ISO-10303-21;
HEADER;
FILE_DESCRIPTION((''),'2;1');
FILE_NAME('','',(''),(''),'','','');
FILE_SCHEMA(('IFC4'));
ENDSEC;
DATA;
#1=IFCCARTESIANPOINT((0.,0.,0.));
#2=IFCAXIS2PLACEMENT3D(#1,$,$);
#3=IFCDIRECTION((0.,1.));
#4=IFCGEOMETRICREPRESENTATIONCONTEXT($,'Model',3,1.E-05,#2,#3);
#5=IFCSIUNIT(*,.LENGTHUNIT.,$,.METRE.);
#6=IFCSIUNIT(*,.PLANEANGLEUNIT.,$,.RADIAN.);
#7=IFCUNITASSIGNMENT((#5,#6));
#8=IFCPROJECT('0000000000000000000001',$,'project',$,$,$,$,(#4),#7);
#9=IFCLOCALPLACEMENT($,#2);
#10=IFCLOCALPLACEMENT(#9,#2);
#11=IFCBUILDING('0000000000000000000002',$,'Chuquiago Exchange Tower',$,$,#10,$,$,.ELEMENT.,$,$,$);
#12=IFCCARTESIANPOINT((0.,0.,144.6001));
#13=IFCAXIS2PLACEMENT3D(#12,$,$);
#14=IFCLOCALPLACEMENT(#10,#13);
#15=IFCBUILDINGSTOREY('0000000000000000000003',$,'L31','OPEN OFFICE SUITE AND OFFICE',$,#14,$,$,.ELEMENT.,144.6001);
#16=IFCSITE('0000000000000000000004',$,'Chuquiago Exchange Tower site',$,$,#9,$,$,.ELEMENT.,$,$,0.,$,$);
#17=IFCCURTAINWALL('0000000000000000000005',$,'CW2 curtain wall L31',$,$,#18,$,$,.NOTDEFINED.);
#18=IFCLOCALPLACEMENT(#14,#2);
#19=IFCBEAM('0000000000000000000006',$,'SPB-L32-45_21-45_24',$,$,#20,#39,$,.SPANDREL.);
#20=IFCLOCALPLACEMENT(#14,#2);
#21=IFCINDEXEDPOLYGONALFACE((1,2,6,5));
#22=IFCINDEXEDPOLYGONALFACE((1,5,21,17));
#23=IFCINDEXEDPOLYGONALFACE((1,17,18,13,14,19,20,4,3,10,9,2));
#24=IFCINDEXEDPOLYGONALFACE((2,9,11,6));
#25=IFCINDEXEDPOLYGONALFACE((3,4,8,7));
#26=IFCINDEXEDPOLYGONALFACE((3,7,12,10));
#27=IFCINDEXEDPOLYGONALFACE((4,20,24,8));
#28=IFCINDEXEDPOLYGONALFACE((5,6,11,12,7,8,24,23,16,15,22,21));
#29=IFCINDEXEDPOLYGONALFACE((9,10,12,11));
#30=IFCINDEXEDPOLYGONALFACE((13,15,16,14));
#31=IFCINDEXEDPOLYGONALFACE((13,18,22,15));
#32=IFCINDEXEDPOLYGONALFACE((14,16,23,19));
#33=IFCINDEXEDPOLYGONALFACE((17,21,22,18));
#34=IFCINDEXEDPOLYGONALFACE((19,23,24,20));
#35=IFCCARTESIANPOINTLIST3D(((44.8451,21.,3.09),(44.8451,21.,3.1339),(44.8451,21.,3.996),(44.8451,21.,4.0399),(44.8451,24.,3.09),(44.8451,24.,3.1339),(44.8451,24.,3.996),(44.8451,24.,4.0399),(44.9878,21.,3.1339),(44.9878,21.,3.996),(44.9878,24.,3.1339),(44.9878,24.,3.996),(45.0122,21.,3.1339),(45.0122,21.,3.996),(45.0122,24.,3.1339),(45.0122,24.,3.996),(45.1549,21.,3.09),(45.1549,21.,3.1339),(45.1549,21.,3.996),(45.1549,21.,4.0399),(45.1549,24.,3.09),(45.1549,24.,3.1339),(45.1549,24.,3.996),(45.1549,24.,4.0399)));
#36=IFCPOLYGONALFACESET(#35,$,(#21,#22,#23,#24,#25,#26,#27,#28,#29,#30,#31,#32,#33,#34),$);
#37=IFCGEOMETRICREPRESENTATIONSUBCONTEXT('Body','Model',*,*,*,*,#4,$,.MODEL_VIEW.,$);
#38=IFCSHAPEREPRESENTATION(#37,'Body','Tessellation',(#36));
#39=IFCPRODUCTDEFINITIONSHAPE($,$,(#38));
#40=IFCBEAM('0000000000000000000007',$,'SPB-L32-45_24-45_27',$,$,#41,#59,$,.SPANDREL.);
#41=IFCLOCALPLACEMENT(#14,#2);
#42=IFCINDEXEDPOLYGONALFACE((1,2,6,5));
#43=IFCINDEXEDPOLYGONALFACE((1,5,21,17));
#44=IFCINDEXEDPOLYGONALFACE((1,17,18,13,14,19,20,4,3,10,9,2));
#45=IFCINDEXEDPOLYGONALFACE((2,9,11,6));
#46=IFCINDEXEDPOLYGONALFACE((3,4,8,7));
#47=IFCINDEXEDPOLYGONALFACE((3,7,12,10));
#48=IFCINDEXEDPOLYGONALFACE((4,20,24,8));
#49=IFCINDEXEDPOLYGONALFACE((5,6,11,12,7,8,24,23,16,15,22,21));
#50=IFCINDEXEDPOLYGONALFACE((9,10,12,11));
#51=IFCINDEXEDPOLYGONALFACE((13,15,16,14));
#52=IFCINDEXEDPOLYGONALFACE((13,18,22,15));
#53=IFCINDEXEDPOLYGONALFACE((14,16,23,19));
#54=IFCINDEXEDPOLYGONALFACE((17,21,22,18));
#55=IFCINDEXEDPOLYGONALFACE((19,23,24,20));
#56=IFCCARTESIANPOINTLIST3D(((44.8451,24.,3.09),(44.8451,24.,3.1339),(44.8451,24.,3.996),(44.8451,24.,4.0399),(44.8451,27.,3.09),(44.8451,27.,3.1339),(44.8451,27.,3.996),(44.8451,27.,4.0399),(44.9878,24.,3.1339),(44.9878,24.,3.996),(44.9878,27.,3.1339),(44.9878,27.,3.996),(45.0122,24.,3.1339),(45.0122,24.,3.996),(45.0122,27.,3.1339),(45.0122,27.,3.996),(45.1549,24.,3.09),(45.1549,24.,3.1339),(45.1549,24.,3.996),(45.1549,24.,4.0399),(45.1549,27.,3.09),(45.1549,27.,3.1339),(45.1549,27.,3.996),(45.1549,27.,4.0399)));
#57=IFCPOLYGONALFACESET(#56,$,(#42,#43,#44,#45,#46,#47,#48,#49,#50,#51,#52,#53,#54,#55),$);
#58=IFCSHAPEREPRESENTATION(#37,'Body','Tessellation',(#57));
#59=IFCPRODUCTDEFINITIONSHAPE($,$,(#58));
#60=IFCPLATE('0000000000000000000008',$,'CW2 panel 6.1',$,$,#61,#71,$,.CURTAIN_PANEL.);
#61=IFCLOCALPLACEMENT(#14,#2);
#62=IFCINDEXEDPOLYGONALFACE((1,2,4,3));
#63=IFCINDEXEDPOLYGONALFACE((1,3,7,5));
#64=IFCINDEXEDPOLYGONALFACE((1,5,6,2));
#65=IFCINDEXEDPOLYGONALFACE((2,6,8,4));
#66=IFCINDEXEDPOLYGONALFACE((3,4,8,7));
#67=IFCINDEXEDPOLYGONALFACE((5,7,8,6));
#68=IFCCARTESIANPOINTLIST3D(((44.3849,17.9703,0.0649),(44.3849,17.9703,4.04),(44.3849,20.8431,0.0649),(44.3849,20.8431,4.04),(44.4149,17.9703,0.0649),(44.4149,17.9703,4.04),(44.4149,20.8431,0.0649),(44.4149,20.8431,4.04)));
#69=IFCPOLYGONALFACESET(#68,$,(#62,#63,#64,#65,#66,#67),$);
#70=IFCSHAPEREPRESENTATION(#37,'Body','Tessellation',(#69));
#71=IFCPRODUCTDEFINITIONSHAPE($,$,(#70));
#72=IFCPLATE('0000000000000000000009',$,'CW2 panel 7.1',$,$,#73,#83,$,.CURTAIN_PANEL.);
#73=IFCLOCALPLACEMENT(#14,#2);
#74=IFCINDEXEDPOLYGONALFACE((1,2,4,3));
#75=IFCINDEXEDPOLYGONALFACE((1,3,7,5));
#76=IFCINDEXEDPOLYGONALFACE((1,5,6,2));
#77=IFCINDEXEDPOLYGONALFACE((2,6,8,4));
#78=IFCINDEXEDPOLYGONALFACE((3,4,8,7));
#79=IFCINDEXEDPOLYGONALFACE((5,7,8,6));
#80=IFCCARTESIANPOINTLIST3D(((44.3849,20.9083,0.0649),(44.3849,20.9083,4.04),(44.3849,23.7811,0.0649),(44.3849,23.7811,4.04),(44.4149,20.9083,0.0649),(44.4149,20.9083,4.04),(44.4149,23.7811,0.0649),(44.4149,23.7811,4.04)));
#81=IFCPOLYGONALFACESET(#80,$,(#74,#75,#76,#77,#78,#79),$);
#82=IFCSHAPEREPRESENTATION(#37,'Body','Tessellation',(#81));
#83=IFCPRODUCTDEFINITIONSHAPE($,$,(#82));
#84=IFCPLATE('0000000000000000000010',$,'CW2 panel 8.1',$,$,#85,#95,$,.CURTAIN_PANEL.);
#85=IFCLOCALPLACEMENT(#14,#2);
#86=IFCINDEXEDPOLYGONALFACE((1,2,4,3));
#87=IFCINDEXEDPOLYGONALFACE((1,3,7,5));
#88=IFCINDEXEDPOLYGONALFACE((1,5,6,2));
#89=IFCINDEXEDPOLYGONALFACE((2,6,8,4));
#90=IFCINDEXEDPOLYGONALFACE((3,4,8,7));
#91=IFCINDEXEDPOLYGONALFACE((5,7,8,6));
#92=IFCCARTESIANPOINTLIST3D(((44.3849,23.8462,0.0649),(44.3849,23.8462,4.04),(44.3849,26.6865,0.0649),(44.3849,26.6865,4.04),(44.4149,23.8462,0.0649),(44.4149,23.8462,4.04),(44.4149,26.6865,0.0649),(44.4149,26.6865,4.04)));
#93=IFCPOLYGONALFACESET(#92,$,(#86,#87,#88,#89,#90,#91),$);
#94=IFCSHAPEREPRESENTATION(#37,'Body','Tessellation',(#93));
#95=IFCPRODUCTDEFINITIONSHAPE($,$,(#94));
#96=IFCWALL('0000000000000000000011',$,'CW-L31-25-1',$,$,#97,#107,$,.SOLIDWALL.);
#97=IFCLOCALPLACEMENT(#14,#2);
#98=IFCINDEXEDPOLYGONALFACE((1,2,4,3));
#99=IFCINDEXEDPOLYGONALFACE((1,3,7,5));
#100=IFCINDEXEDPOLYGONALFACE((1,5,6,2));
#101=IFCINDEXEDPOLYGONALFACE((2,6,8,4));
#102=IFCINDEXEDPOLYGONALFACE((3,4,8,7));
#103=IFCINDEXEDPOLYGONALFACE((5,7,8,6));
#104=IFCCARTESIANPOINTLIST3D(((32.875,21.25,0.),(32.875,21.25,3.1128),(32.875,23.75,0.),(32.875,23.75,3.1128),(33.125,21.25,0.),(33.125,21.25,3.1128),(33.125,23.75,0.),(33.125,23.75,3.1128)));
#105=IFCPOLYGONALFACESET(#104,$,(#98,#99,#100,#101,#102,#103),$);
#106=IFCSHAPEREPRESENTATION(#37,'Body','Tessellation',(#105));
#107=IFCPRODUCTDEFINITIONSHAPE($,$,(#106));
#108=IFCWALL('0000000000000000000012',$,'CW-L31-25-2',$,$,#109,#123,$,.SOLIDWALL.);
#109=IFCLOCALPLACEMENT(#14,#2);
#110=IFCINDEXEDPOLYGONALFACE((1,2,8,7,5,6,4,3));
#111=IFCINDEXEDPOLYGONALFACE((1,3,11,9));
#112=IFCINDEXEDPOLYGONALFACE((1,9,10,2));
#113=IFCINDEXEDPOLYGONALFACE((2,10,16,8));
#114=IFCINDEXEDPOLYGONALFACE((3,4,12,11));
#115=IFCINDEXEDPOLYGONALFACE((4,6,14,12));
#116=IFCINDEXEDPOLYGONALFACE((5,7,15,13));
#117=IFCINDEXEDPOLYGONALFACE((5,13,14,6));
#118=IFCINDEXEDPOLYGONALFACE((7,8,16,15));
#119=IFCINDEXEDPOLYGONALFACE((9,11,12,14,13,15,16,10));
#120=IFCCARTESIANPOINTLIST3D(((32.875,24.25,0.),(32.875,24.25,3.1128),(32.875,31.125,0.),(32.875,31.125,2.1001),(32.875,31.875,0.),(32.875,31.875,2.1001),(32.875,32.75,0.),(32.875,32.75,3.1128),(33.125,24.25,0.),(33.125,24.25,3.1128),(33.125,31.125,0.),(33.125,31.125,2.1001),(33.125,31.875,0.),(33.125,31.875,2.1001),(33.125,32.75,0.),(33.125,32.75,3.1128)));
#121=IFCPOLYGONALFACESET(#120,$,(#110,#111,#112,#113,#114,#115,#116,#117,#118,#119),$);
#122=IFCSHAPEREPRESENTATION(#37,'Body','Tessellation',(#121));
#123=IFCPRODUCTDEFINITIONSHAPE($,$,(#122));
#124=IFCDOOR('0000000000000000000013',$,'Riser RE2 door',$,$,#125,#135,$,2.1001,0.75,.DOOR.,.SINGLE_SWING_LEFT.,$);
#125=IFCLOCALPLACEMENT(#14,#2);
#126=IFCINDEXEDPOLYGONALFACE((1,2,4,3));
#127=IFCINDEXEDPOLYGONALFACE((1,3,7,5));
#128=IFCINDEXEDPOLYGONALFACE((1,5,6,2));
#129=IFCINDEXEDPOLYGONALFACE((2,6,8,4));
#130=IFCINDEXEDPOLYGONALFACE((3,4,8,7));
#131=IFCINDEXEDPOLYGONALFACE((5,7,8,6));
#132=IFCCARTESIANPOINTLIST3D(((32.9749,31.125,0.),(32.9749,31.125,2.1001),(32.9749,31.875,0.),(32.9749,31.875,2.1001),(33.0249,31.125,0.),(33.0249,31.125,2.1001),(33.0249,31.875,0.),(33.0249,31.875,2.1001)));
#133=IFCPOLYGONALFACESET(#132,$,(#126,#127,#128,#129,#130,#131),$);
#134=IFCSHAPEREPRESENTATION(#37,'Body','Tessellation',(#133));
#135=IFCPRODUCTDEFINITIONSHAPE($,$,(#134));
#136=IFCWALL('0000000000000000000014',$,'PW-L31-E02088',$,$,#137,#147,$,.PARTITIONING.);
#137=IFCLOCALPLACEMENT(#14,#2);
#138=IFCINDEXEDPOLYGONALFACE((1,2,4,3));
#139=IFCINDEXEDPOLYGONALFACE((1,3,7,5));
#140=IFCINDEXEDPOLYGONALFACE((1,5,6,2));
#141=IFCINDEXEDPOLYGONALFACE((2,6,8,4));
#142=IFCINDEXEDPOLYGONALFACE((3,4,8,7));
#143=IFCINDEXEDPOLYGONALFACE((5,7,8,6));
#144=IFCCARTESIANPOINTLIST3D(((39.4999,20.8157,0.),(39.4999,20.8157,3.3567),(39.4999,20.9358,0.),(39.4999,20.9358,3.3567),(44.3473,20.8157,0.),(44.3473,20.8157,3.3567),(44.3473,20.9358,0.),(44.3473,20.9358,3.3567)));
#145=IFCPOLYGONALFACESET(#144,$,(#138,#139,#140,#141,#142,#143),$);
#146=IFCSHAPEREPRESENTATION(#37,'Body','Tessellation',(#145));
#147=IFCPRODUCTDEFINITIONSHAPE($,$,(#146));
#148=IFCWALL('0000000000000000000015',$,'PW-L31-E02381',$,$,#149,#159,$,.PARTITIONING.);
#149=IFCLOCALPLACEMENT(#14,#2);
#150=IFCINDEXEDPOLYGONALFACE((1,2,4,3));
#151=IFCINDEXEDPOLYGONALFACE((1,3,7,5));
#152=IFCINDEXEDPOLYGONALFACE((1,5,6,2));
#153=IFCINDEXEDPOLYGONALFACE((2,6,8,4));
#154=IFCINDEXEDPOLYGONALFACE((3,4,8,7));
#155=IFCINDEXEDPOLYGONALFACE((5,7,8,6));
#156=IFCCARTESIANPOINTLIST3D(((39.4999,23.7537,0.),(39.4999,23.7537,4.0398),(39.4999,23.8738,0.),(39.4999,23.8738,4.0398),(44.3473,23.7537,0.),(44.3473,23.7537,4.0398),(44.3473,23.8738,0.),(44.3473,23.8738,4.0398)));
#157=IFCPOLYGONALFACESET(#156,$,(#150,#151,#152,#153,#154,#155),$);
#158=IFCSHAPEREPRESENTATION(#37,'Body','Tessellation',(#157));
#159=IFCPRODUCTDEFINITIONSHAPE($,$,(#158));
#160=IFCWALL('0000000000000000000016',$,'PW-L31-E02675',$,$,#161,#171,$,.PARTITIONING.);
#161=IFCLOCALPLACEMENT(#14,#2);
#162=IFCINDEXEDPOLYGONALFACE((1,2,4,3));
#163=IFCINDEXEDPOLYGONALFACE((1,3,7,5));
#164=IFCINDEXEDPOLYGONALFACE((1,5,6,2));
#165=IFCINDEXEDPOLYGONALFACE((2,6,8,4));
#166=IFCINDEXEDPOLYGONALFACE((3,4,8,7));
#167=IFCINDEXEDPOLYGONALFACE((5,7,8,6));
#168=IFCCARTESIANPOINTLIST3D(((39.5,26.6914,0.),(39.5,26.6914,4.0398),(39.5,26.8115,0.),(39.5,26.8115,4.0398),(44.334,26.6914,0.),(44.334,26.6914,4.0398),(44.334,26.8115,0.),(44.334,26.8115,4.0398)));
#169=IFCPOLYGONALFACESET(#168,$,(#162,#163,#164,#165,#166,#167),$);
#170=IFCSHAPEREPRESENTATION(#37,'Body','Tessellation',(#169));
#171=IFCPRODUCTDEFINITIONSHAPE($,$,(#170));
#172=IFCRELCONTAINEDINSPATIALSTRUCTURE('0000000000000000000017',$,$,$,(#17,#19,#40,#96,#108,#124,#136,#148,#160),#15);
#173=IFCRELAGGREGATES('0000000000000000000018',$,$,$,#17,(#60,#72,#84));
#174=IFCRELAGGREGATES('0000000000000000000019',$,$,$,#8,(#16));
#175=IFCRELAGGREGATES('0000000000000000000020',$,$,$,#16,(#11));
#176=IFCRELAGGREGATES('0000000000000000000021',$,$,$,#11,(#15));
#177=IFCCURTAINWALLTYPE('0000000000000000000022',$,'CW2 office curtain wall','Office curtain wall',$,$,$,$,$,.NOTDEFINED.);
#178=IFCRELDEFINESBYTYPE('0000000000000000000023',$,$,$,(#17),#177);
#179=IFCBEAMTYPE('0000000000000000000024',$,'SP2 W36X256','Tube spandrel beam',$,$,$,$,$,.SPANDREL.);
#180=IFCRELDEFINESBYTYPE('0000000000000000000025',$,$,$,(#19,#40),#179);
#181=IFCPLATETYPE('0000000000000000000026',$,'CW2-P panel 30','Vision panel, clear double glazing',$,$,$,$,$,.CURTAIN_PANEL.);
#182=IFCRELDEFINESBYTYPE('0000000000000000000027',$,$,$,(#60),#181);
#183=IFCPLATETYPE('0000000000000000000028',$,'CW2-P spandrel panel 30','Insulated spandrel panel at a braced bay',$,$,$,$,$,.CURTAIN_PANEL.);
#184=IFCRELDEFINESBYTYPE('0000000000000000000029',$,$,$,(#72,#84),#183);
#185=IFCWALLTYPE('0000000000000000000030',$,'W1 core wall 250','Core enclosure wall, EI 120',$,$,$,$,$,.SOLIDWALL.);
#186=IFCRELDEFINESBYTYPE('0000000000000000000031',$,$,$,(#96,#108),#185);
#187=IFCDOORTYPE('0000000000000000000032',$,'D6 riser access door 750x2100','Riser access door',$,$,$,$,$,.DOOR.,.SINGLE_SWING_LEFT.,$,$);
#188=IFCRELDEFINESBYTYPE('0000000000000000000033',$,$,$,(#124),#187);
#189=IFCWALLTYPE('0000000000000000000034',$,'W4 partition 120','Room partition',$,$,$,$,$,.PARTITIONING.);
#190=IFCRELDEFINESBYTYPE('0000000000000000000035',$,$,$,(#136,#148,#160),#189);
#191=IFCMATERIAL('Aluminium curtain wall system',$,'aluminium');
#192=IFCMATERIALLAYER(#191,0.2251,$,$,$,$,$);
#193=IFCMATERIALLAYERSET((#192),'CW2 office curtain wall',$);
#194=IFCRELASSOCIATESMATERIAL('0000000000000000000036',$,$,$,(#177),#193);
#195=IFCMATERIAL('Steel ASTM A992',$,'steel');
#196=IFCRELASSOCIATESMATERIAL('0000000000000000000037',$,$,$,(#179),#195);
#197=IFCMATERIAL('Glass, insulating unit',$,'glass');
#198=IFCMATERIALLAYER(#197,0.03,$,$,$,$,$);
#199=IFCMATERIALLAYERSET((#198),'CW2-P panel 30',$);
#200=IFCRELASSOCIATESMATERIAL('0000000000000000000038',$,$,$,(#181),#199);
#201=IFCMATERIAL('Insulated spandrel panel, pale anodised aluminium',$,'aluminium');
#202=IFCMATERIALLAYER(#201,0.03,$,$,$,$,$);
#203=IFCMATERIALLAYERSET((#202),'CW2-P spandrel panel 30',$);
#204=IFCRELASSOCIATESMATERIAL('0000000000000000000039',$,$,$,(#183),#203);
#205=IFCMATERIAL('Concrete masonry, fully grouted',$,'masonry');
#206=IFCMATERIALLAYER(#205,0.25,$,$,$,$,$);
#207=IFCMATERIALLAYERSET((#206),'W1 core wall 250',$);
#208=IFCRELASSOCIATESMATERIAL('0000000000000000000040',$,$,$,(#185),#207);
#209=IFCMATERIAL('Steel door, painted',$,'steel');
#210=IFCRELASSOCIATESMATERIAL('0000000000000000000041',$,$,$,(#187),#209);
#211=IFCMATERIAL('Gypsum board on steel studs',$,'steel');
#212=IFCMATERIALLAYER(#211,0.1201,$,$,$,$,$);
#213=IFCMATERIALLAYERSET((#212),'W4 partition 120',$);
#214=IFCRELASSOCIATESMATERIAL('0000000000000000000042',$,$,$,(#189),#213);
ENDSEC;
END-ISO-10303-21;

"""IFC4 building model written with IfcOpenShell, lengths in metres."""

from ifc_helpers import new_model, si_unit, direction, frame, frame_2d, origin, origin_2d, place, context, subcontext, project, spatial, rectangle, i_section, extrude, material, layer, layer_set, material_profile, profile_set, type_object, element, fill, aggregate, save


model = new_model("IFC4")

# Units and contexts
model_context = context("Model", 3, precision=1e-05, world=origin(), true_north=direction((0.0, 1.0)))
body_context = subcontext(model_context, "Body", "Model", "MODEL_VIEW")
ifc_project = project(units=[si_unit("LENGTHUNIT", "METRE"), si_unit("PLANEANGLEUNIT", "RADIAN")], contexts=[model_context])

# Site, building, storey
site_placement = place(None, origin())
site = spatial("IfcSite", under=ifc_project, at=site_placement, Name="Chuquiago Exchange Tower site", CompositionType="ELEMENT", RefElevation=0.0)
building_placement = place(site_placement, origin())
building = spatial("IfcBuilding", under=site, at=building_placement, Name="Chuquiago Exchange Tower", CompositionType="ELEMENT")
storey_placement = place(building_placement, frame((0.0, 0.0, 144.6001)))
storey = spatial("IfcBuildingStorey", under=building, at=storey_placement, Name="L31", Description="OPEN OFFICE SUITE AND OFFICE", CompositionType="ELEMENT", Elevation=144.6001)

# Curtain wall
ifc_material_1 = material(Name="Aluminium curtain wall system", Category="aluminium")
ifc_layer_1 = layer(ifc_material_1, 0.2251)
ifc_layer_set_1 = layer_set([ifc_layer_1], Name="CW2 office curtain wall")
curtain_wall_type_1 = type_object("IfcCurtainWallType", Name="CW2 office curtain wall", Description="Office curtain wall", PredefinedType="NOTDEFINED", material=ifc_layer_set_1)
curtain_wall_1_placement = place(storey_placement, origin())
curtain_wall_1 = element("IfcCurtainWall", 1, at=curtain_wall_1_placement, inside=storey, type_object=curtain_wall_type_1, Name="CW2 curtain wall L31", PredefinedType="NOTDEFINED")

# Beams
ifc_material_2 = material(Name="Steel ASTM A992", Category="steel")
ifc_material_profile_1 = material_profile(ifc_material_2, i_section(OverallWidth=0.3098, OverallDepth=0.95, WebThickness=0.0244, FlangeThickness=0.0439, at=origin_2d()), Name="W36X256")
ifc_profile_set_1 = profile_set([ifc_material_profile_1], Name="Steel ASTM A992")
beam_type_1 = type_object("IfcBeamType", Name="SP2 W36X256", Description="Tube spandrel beam", PredefinedType="SPANDREL", material=ifc_profile_set_1)
for number, where, z_axis, x_axis, name in (
    (2, (45.0, 21.0, 3.5649), (0.0, 1.0, 0.0), (-1.0, 0.0, 0.0), "SPB-L32-45_21-45_24"),
    (3, (45.0, 24.0, 3.5649), (0.0, 1.0, 0.0), (-1.0, 0.0, 0.0), "SPB-L32-45_24-45_27"),
):
    element("IfcBeam", number, at=place(storey_placement, frame(where, z_axis=z_axis, x_axis=x_axis)), inside=storey, type_object=beam_type_1, Name=name, PredefinedType="SPANDREL", context=body_context, shape_type="SweptSolid", body=[
        extrude(i_section(OverallWidth=0.3098, OverallDepth=0.95, WebThickness=0.0244, FlangeThickness=0.0439, at=origin_2d()), origin(), (0.0, 0.0, 1.0), 3.0),
    ])

# Plates
ifc_material_3 = material(Name="Glass, insulating unit", Category="glass")
ifc_layer_2 = layer(ifc_material_3, 0.03)
ifc_layer_set_2 = layer_set([ifc_layer_2], Name="CW2-P panel 30")
plate_type_1 = type_object("IfcPlateType", Name="CW2-P panel 30", Description="Vision panel, clear double glazing", PredefinedType="CURTAIN_PANEL", material=ifc_layer_set_2)
plate_1_placement = place(storey_placement, frame((44.3999, 19.4067, 0.0649), z_axis=(0.0, 0.0, 1.0), x_axis=(0.0, 1.0, 0.0)))
plate_1 = element("IfcPlate", 4, at=plate_1_placement, type_object=plate_type_1, Name="CW2 panel 6.1", PredefinedType="CURTAIN_PANEL", context=body_context, shape_type="SweptSolid", body=[
    extrude(rectangle(XDim=2.8728, YDim=0.03, at=origin_2d()), origin(), (0.0, 0.0, 1.0), 3.9751),
])
ifc_material_4 = material(Name="Insulated spandrel panel, pale anodised aluminium", Category="aluminium")
ifc_layer_3 = layer(ifc_material_4, 0.03)
ifc_layer_set_3 = layer_set([ifc_layer_3], Name="CW2-P spandrel panel 30")
plate_type_2 = type_object("IfcPlateType", Name="CW2-P spandrel panel 30", Description="Insulated spandrel panel at a braced bay", PredefinedType="CURTAIN_PANEL", material=ifc_layer_set_3)
plate_2_placement = place(storey_placement, frame((44.3999, 22.3447, 0.0649), z_axis=(0.0, 0.0, 1.0), x_axis=(0.0, 1.0, 0.0)))
plate_2 = element("IfcPlate", 5, at=plate_2_placement, type_object=plate_type_2, Name="CW2 panel 7.1", PredefinedType="CURTAIN_PANEL", context=body_context, shape_type="SweptSolid", body=[
    extrude(rectangle(XDim=2.8728, YDim=0.03, at=origin_2d()), origin(), (0.0, 0.0, 1.0), 3.9751),
])
plate_3_placement = place(storey_placement, frame((44.3999, 25.2664, 0.0649), z_axis=(0.0, 0.0, 1.0), x_axis=(0.0, 1.0, 0.0)))
plate_3 = element("IfcPlate", 6, at=plate_3_placement, type_object=plate_type_2, Name="CW2 panel 8.1", PredefinedType="CURTAIN_PANEL", context=body_context, shape_type="SweptSolid", body=[
    extrude(rectangle(XDim=2.8403, YDim=0.03, at=origin_2d()), origin(), (0.0, 0.0, 1.0), 3.9751),
])
aggregate(curtain_wall_1, [plate_1, plate_2, plate_3])

# Wall
ifc_material_5 = material(Name="Concrete masonry, fully grouted", Category="masonry")
ifc_layer_4 = layer(ifc_material_5, 0.25)
ifc_layer_set_4 = layer_set([ifc_layer_4], Name="W1 core wall 250")
wall_type_1 = type_object("IfcWallType", Name="W1 core wall 250", Description="Core enclosure wall, EI 120", PredefinedType="SOLIDWALL", material=ifc_layer_set_4)
wall_1_placement = place(storey_placement, frame((33.0, 21.25, 0.0), z_axis=(0.0, 0.0, 1.0), x_axis=(0.0, 1.0, 0.0)))
element("IfcWall", 7, at=wall_1_placement, inside=storey, type_object=wall_type_1, Name="CW-L31-25-1", PredefinedType="SOLIDWALL", context=body_context, shape_type="SweptSolid", body=[
    extrude(rectangle(XDim=2.5, YDim=0.25, at=frame_2d((1.25, 0.0))), origin(), (0.0, 0.0, 1.0), 3.1128),
])

# Wall, opening, door
wall_2_placement = place(storey_placement, frame((33.0, 24.25, 0.0), z_axis=(0.0, 0.0, 1.0), x_axis=(0.0, 1.0, 0.0)))
wall_2 = element("IfcWall", 8, at=wall_2_placement, inside=storey, type_object=wall_type_1, Name="CW-L31-25-2", PredefinedType="SOLIDWALL", context=body_context, shape_type="SweptSolid", body=[
    extrude(rectangle(XDim=8.5, YDim=0.25, at=frame_2d((4.25, 0.0))), origin(), (0.0, 0.0, 1.0), 3.1128),
])
opening_1_placement = place(wall_2_placement, frame((6.875, 0.0, 0.0)))
opening_1 = element("IfcOpeningElement", 9, at=opening_1_placement, cuts=wall_2, PredefinedType="OPENING", context=body_context, shape_type="SweptSolid", body=[
    extrude(rectangle(XDim=0.75, YDim=2.1001, at=frame_2d((0.375, 1.05))), frame((0.0, 0.135, 0.0), z_axis=(0.0, -1.0, 0.0), x_axis=(1.0, 0.0, 0.0)), (0.0, 0.0, 1.0), 0.27),
])
ifc_material_6 = material(Name="Steel door, painted", Category="steel")
door_type_1 = type_object("IfcDoorType", Name="D6 riser access door 750x2100", Description="Riser access door", OperationType="SINGLE_SWING_LEFT", PredefinedType="DOOR", material=ifc_material_6)
door_1_placement = place(opening_1_placement, frame((0.75, 0.0, 0.0), z_axis=(0.0, 0.0, 1.0), x_axis=(-1.0, 0.0, 0.0)))
door_1 = element("IfcDoor", 10, at=door_1_placement, inside=storey, type_object=door_type_1, Name="Riser RE2 door", OperationType="SINGLE_SWING_LEFT", OverallHeight=2.1001, OverallWidth=0.75, PredefinedType="DOOR", context=body_context, shape_type="SweptSolid", body=[
    extrude(rectangle(XDim=0.75, YDim=2.1001, at=frame_2d((0.375, 1.05))), frame((0.0, 0.0249, 0.0), z_axis=(0.0, -1.0, 0.0), x_axis=(1.0, 0.0, 0.0)), (0.0, 0.0, 1.0), 0.05),
])
fill(opening_1, door_1)

# Walls
ifc_material_7 = material(Name="Gypsum board on steel studs", Category="steel")
ifc_layer_5 = layer(ifc_material_7, 0.1201)
ifc_layer_set_5 = layer_set([ifc_layer_5], Name="W4 partition 120")
wall_type_2 = type_object("IfcWallType", Name="W4 partition 120", Description="Room partition", PredefinedType="PARTITIONING", material=ifc_layer_set_5)
wall_3_placement = place(storey_placement, frame((44.3474, 20.8757, 0.0), z_axis=(0.0, 0.0, 1.0), x_axis=(-1.0, 0.0, 0.0)))
element("IfcWall", 11, at=wall_3_placement, inside=storey, type_object=wall_type_2, Name="PW-L31-E02088", PredefinedType="PARTITIONING", context=body_context, shape_type="SweptSolid", body=[
    extrude(rectangle(XDim=4.8474, YDim=0.1201, at=frame_2d((2.4238, 0.0))), origin(), (0.0, 0.0, 1.0), 3.3567),
])
wall_4_placement = place(storey_placement, frame((44.3474, 23.8137, 0.0), z_axis=(0.0, 0.0, 1.0), x_axis=(-1.0, 0.0, 0.0)))
element("IfcWall", 12, at=wall_4_placement, inside=storey, type_object=wall_type_2, Name="PW-L31-E02381", PredefinedType="PARTITIONING", context=body_context, shape_type="SweptSolid", body=[
    extrude(rectangle(XDim=4.8474, YDim=0.1201, at=frame_2d((2.4238, 0.0))), origin(), (0.0, 0.0, 1.0), 4.0398),
])
wall_5_placement = place(storey_placement, frame((44.334, 26.7515, 0.0), z_axis=(0.0, 0.0, 1.0), x_axis=(-1.0, 0.0, 0.0)))
element("IfcWall", 13, at=wall_5_placement, inside=storey, type_object=wall_type_2, Name="PW-L31-E02675", PredefinedType="PARTITIONING", context=body_context, shape_type="SweptSolid", body=[
    extrude(rectangle(XDim=4.834, YDim=0.1201, at=frame_2d((2.417, 0.0))), origin(), (0.0, 0.0, 1.0), 4.0398),
])

save(model, "model.ifc")
